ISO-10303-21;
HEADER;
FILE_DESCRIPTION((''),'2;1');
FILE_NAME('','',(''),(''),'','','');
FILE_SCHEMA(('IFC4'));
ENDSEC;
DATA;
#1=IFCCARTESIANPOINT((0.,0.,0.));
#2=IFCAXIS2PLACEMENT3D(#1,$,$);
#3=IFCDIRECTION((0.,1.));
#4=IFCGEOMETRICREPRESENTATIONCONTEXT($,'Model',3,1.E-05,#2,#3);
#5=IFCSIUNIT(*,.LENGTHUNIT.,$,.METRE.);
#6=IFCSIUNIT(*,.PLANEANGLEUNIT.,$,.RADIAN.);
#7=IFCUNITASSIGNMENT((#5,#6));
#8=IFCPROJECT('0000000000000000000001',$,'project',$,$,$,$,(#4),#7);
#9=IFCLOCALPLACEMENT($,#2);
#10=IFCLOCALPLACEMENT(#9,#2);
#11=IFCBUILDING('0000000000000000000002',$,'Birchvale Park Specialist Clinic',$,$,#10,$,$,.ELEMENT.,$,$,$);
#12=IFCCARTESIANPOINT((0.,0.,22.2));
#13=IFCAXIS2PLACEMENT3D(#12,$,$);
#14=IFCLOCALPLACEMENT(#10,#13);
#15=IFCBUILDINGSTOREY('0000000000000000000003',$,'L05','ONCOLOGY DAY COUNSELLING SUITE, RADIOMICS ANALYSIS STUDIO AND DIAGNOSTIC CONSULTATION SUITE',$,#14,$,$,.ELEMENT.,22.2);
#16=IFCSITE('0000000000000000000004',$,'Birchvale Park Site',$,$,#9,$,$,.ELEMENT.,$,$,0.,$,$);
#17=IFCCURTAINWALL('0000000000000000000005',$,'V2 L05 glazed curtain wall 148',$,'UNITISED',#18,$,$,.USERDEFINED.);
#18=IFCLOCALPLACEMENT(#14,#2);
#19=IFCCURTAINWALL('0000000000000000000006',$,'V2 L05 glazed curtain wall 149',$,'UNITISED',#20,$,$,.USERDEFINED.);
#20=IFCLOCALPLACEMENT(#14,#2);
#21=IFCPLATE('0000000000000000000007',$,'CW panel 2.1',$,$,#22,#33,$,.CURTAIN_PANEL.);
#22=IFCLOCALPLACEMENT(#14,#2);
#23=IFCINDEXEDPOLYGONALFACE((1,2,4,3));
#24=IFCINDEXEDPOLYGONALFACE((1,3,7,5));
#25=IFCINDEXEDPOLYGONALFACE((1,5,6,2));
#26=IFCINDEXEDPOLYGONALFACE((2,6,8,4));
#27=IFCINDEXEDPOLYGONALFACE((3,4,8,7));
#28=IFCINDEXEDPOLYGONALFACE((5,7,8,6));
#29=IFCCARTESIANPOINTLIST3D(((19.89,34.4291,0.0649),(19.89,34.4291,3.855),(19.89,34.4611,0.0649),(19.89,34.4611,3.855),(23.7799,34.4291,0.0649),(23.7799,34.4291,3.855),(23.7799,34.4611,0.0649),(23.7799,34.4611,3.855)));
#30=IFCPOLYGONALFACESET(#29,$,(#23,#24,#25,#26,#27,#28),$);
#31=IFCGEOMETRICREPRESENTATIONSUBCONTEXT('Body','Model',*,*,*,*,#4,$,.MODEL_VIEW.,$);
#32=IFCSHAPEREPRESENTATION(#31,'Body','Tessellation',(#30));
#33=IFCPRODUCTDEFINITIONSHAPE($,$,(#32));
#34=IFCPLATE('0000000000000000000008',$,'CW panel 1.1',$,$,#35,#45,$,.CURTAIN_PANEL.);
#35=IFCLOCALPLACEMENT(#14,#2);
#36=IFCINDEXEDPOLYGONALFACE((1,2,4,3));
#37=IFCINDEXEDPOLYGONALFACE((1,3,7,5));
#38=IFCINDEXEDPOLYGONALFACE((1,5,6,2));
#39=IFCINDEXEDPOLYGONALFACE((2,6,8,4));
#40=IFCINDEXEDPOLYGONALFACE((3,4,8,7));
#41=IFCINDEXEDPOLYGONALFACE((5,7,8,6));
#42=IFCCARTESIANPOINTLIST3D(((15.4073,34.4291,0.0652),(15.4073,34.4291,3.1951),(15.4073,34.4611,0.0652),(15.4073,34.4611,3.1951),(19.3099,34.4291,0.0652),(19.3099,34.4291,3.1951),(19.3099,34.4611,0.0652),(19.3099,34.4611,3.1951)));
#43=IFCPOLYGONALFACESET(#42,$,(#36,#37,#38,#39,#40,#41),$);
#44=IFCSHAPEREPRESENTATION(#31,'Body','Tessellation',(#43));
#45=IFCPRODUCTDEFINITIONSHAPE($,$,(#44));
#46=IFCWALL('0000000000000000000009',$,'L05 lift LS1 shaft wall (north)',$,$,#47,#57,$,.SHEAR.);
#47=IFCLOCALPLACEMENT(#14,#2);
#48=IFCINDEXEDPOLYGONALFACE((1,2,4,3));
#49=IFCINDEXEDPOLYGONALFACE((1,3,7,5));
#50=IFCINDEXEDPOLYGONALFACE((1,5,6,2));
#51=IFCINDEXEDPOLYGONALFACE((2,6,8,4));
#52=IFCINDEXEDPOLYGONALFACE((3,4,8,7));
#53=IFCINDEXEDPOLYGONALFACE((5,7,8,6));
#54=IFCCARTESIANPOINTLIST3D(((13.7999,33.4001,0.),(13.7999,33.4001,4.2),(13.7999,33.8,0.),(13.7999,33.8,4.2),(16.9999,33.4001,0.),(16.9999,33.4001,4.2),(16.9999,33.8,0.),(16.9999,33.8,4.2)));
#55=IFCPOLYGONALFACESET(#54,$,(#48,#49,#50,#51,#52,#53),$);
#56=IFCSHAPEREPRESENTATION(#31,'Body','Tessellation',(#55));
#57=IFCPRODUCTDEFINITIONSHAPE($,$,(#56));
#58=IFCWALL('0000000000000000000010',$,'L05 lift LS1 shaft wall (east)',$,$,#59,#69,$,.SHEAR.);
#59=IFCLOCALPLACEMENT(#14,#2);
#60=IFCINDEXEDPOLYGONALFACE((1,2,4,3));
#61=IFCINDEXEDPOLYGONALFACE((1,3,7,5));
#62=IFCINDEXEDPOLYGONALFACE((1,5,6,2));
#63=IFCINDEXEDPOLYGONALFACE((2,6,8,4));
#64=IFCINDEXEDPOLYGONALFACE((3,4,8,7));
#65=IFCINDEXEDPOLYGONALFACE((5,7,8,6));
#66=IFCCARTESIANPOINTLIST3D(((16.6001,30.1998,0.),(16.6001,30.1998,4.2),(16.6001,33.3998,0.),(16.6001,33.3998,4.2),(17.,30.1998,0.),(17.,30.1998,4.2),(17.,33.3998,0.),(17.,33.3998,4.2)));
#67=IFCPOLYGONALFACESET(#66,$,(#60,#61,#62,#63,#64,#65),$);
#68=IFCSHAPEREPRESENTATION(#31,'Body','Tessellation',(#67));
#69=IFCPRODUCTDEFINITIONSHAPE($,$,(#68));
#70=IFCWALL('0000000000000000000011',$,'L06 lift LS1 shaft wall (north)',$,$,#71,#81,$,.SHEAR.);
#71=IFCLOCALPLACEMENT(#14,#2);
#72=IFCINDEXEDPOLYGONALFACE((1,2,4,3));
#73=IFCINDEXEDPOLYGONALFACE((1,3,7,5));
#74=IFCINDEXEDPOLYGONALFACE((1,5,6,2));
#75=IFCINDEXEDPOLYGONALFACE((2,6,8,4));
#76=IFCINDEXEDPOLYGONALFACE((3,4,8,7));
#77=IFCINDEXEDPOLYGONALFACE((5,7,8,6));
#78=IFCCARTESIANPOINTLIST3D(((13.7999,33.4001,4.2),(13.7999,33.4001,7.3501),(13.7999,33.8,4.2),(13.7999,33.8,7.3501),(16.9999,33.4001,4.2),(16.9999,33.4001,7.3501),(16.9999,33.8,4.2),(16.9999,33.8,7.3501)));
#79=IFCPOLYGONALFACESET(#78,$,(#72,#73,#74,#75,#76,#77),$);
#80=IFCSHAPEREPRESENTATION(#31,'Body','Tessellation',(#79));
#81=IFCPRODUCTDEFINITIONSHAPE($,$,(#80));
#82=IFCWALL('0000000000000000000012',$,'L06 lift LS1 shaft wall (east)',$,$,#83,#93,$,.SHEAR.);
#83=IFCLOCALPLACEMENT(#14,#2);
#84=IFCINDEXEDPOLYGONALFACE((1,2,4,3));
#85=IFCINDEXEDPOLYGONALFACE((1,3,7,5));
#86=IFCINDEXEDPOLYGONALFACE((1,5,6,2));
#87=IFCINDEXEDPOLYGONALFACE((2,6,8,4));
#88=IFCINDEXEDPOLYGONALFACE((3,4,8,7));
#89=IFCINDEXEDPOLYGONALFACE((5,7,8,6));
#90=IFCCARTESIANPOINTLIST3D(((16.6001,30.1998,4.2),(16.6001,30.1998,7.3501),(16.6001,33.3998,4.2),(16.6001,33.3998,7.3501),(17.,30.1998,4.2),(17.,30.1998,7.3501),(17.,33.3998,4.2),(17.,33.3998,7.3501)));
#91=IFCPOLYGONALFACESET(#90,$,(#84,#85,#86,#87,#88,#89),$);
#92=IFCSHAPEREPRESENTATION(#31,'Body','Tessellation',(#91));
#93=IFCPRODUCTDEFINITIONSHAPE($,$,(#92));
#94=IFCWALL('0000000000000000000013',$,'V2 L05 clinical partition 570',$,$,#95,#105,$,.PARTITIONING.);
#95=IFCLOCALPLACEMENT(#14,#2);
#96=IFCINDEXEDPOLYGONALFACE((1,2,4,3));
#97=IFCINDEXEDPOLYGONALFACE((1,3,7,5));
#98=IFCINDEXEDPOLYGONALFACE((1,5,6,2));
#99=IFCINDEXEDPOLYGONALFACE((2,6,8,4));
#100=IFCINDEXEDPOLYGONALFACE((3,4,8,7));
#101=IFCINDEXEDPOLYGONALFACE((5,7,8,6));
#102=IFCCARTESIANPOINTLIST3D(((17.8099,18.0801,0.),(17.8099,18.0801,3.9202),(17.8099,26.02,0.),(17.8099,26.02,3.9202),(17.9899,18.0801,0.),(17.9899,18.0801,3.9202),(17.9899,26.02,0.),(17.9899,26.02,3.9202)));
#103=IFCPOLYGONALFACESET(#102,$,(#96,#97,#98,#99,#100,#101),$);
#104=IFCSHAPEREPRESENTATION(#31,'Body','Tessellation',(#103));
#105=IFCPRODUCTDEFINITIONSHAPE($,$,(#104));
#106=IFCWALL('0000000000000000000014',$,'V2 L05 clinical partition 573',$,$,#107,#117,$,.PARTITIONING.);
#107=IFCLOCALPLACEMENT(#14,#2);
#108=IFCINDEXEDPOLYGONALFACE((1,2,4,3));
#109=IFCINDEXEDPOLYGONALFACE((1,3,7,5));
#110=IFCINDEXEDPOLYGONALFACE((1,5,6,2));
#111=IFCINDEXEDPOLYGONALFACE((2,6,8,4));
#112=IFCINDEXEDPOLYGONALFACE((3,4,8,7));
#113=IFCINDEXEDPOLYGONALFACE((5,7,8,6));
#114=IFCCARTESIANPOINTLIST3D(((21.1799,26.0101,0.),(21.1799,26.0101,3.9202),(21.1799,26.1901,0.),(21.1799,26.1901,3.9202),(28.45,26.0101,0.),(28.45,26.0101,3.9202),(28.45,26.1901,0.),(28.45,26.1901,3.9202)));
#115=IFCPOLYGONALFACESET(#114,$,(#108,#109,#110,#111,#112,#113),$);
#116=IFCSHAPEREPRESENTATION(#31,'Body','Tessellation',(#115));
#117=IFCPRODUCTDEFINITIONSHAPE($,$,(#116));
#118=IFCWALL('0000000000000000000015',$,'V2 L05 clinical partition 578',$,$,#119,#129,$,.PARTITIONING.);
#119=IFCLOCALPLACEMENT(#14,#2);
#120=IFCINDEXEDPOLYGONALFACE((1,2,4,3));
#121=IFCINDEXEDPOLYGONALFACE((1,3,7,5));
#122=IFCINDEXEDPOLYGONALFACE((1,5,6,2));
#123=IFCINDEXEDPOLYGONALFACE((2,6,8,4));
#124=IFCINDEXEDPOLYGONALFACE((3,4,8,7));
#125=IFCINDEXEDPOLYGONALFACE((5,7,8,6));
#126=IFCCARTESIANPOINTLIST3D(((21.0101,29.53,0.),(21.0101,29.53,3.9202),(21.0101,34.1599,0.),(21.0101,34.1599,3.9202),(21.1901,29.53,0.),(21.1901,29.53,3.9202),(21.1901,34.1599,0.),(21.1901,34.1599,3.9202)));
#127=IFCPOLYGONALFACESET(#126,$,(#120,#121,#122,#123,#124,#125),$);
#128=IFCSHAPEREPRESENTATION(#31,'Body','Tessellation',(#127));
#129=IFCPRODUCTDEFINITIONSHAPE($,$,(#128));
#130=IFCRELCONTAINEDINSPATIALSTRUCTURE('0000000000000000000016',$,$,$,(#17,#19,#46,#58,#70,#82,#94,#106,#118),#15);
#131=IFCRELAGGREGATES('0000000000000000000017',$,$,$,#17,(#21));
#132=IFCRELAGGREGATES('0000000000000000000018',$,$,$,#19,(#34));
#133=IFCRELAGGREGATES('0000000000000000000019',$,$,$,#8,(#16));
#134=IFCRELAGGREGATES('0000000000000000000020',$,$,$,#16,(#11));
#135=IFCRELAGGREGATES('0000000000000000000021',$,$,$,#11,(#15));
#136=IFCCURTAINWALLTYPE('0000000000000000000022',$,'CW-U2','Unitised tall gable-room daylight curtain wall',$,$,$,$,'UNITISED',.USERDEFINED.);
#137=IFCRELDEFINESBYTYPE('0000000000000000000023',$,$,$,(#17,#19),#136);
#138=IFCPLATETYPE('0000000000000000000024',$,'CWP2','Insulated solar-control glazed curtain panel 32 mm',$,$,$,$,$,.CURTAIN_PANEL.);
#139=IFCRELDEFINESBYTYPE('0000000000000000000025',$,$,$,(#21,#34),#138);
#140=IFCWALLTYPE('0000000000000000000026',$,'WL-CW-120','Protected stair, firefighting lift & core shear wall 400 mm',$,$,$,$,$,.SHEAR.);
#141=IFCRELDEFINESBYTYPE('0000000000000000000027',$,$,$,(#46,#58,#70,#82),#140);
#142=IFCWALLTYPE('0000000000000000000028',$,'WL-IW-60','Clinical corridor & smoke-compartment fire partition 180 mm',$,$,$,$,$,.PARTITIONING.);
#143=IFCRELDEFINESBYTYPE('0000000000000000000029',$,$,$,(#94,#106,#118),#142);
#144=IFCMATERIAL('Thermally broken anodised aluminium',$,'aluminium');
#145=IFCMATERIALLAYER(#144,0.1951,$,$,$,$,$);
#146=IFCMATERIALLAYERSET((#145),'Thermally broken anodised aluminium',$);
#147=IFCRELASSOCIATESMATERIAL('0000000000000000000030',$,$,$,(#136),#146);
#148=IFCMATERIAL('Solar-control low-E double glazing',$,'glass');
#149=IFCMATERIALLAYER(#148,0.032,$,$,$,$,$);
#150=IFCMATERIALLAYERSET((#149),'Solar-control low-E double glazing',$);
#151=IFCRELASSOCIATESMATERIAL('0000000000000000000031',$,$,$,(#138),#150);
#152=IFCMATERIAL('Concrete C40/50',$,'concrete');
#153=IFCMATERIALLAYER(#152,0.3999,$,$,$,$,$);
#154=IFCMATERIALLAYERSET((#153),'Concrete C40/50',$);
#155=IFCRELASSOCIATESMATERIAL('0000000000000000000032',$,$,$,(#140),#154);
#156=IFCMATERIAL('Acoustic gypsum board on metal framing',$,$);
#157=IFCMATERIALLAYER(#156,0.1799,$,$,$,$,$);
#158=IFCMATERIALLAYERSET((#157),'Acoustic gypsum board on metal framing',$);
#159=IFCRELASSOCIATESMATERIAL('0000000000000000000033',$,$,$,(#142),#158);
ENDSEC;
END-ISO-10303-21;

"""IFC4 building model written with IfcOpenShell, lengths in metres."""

from ifc_helpers import new_model, si_unit, direction, frame, frame_2d, origin, origin_2d, place, context, subcontext, project, spatial, rectangle, extrude, material, layer, layer_set, type_object, element, aggregate, save


model = new_model("IFC4")

# Units and contexts
model_context = context("Model", 3, precision=1e-05, world=origin(), true_north=direction((0.0, 1.0)))
body_context = subcontext(model_context, "Body", "Model", "MODEL_VIEW")
ifc_project = project(units=[si_unit("LENGTHUNIT", "METRE"), si_unit("PLANEANGLEUNIT", "RADIAN")], contexts=[model_context])

# Site, building, storey
site_placement = place(None, origin())
site = spatial("IfcSite", under=ifc_project, at=site_placement, Name="Birchvale Park Site", CompositionType="ELEMENT", RefElevation=0.0)
building_placement = place(site_placement, origin())
building = spatial("IfcBuilding", under=site, at=building_placement, Name="Birchvale Park Specialist Clinic", CompositionType="ELEMENT")
storey_placement = place(building_placement, frame((0.0, 0.0, 22.2)))
storey = spatial("IfcBuildingStorey", under=building, at=storey_placement, Name="L05", Description="ONCOLOGY DAY COUNSELLING SUITE, RADIOMICS ANALYSIS STUDIO AND DIAGNOSTIC CONSULTATION SUITE", CompositionType="ELEMENT", Elevation=22.2)

# Shared definitions
ifc_material_1 = material(Name="Concrete C40/50", Category="concrete")

# Curtain walls
ifc_material_2 = material(Name="Thermally broken anodised aluminium", Category="aluminium")
ifc_layer_1 = layer(ifc_material_2, 0.1951)
ifc_layer_set_1 = layer_set([ifc_layer_1], Name="Thermally broken anodised aluminium")
curtain_wall_type = type_object("IfcCurtainWallType", Name="CW-U2", Description="Unitised tall gable-room daylight curtain wall", ElementType="UNITISED", PredefinedType="USERDEFINED", material=ifc_layer_set_1)
curtain_wall_1_placement = place(storey_placement, origin())
curtain_wall_1 = element("IfcCurtainWall", 1, at=curtain_wall_1_placement, inside=storey, type_object=curtain_wall_type, Name="V2 L05 glazed curtain wall 148", ObjectType="UNITISED", PredefinedType="USERDEFINED")
curtain_wall_2_placement = place(storey_placement, origin())
curtain_wall_2 = element("IfcCurtainWall", 2, at=curtain_wall_2_placement, inside=storey, type_object=curtain_wall_type, Name="V2 L05 glazed curtain wall 149", ObjectType="UNITISED", PredefinedType="USERDEFINED")

# Plates
ifc_material_3 = material(Name="Solar-control low-E double glazing", Category="glass")
ifc_layer_2 = layer(ifc_material_3, 0.032)
ifc_layer_set_2 = layer_set([ifc_layer_2], Name="Solar-control low-E double glazing")
plate_type = type_object("IfcPlateType", Name="CWP2", Description="Insulated solar-control glazed curtain panel 32 mm", PredefinedType="CURTAIN_PANEL", material=ifc_layer_set_2)
plate_1_placement = place(storey_placement, frame((21.835, 34.4451, 0.0649), z_axis=(0.0, 0.0, 1.0), x_axis=(-1.0, 0.0, 0.0)))
plate_1 = element("IfcPlate", 3, at=plate_1_placement, type_object=plate_type, Name="CW panel 2.1", PredefinedType="CURTAIN_PANEL", context=body_context, shape_type="SweptSolid", body=[
    extrude(rectangle(XDim=3.8899, YDim=0.032, at=origin_2d()), origin(), (0.0, 0.0, 1.0), 3.79),
])
aggregate(curtain_wall_1, [plate_1])
plate_2_placement = place(storey_placement, frame((17.3586, 34.4451, 0.0652), z_axis=(0.0, 0.0, 1.0), x_axis=(-1.0, 0.0, 0.0)))
plate_2 = element("IfcPlate", 4, at=plate_2_placement, type_object=plate_type, Name="CW panel 1.1", PredefinedType="CURTAIN_PANEL", context=body_context, shape_type="SweptSolid", body=[
    extrude(rectangle(XDim=3.9026, YDim=0.032, at=origin_2d()), origin(), (0.0, 0.0, 1.0), 3.1299),
])
aggregate(curtain_wall_2, [plate_2])

# Walls
ifc_layer_3 = layer(ifc_material_1, 0.3999)
ifc_layer_set_3 = layer_set([ifc_layer_3], Name="Concrete C40/50")
wall_type_1 = type_object("IfcWallType", Name="WL-CW-120", Description="Protected stair, firefighting lift & core shear wall 400 mm", PredefinedType="SHEAR", material=ifc_layer_set_3)
for number, where, z_axis, x_axis, name in (
    (5, (17.0, 33.6001, 0.0), (0.0, 0.0, 1.0), (-1.0, 0.0, 0.0), "L05 lift LS1 shaft wall (north)"),
    (6, (16.8, 33.3999, 0.0), (0.0, 0.0, 1.0), (0.0, -1.0, 0.0), "L05 lift LS1 shaft wall (east)"),
):
    element("IfcWall", number, at=place(storey_placement, frame(where, z_axis=z_axis, x_axis=x_axis)), inside=storey, type_object=wall_type_1, Name=name, PredefinedType="SHEAR", context=body_context, shape_type="SweptSolid", body=[
        extrude(rectangle(XDim=3.2, YDim=0.3999, at=frame_2d((1.6001, 0.0))), origin(), (0.0, 0.0, 1.0), 4.2),
    ])
for number, where, z_axis, x_axis, name in (
    (7, (17.0, 33.6001, 4.2), (0.0, 0.0, 1.0), (-1.0, 0.0, 0.0), "L06 lift LS1 shaft wall (north)"),
    (8, (16.8, 33.3999, 4.2), (0.0, 0.0, 1.0), (0.0, -1.0, 0.0), "L06 lift LS1 shaft wall (east)"),
):
    element("IfcWall", number, at=place(storey_placement, frame(where, z_axis=z_axis, x_axis=x_axis)), inside=storey, type_object=wall_type_1, Name=name, PredefinedType="SHEAR", context=body_context, shape_type="SweptSolid", body=[
        extrude(rectangle(XDim=3.2, YDim=0.3999, at=frame_2d((1.6001, 0.0))), origin(), (0.0, 0.0, 1.0), 3.1501),
    ])
ifc_material_4 = material(Name="Acoustic gypsum board on metal framing")
ifc_layer_4 = layer(ifc_material_4, 0.1799)
ifc_layer_set_4 = layer_set([ifc_layer_4], Name="Acoustic gypsum board on metal framing")
wall_type_2 = type_object("IfcWallType", Name="WL-IW-60", Description="Clinical corridor & smoke-compartment fire partition 180 mm", PredefinedType="PARTITIONING", material=ifc_layer_set_4)
wall_1_placement = place(storey_placement, frame((17.8999, 26.02, 0.0), z_axis=(0.0, 0.0, 1.0), x_axis=(0.0, -1.0, 0.0)))
element("IfcWall", 9, at=wall_1_placement, inside=storey, type_object=wall_type_2, Name="V2 L05 clinical partition 570", PredefinedType="PARTITIONING", context=body_context, shape_type="SweptSolid", body=[
    extrude(rectangle(XDim=7.9399, YDim=0.1799, at=frame_2d((3.97, 0.0))), origin(), (0.0, 0.0, 1.0), 3.9202),
])
wall_2_placement = place(storey_placement, frame((21.1799, 26.1001, 0.0), z_axis=(0.0, 0.0, 1.0), x_axis=(1.0, 0.0, 0.0)))
element("IfcWall", 10, at=wall_2_placement, inside=storey, type_object=wall_type_2, Name="V2 L05 clinical partition 573", PredefinedType="PARTITIONING", context=body_context, shape_type="SweptSolid", body=[
    extrude(rectangle(XDim=7.27, YDim=0.1799, at=frame_2d((3.635, 0.0))), origin(), (0.0, 0.0, 1.0), 3.9202),
])
wall_3_placement = place(storey_placement, frame((21.1001, 29.53, 0.0), z_axis=(0.0, 0.0, 1.0), x_axis=(0.0, 1.0, 0.0)))
element("IfcWall", 11, at=wall_3_placement, inside=storey, type_object=wall_type_2, Name="V2 L05 clinical partition 578", PredefinedType="PARTITIONING", context=body_context, shape_type="SweptSolid", body=[
    extrude(rectangle(XDim=4.6299, YDim=0.1799, at=frame_2d((2.3149, 0.0))), origin(), (0.0, 0.0, 1.0), 3.9202),
])

save(model, "model.ifc")
